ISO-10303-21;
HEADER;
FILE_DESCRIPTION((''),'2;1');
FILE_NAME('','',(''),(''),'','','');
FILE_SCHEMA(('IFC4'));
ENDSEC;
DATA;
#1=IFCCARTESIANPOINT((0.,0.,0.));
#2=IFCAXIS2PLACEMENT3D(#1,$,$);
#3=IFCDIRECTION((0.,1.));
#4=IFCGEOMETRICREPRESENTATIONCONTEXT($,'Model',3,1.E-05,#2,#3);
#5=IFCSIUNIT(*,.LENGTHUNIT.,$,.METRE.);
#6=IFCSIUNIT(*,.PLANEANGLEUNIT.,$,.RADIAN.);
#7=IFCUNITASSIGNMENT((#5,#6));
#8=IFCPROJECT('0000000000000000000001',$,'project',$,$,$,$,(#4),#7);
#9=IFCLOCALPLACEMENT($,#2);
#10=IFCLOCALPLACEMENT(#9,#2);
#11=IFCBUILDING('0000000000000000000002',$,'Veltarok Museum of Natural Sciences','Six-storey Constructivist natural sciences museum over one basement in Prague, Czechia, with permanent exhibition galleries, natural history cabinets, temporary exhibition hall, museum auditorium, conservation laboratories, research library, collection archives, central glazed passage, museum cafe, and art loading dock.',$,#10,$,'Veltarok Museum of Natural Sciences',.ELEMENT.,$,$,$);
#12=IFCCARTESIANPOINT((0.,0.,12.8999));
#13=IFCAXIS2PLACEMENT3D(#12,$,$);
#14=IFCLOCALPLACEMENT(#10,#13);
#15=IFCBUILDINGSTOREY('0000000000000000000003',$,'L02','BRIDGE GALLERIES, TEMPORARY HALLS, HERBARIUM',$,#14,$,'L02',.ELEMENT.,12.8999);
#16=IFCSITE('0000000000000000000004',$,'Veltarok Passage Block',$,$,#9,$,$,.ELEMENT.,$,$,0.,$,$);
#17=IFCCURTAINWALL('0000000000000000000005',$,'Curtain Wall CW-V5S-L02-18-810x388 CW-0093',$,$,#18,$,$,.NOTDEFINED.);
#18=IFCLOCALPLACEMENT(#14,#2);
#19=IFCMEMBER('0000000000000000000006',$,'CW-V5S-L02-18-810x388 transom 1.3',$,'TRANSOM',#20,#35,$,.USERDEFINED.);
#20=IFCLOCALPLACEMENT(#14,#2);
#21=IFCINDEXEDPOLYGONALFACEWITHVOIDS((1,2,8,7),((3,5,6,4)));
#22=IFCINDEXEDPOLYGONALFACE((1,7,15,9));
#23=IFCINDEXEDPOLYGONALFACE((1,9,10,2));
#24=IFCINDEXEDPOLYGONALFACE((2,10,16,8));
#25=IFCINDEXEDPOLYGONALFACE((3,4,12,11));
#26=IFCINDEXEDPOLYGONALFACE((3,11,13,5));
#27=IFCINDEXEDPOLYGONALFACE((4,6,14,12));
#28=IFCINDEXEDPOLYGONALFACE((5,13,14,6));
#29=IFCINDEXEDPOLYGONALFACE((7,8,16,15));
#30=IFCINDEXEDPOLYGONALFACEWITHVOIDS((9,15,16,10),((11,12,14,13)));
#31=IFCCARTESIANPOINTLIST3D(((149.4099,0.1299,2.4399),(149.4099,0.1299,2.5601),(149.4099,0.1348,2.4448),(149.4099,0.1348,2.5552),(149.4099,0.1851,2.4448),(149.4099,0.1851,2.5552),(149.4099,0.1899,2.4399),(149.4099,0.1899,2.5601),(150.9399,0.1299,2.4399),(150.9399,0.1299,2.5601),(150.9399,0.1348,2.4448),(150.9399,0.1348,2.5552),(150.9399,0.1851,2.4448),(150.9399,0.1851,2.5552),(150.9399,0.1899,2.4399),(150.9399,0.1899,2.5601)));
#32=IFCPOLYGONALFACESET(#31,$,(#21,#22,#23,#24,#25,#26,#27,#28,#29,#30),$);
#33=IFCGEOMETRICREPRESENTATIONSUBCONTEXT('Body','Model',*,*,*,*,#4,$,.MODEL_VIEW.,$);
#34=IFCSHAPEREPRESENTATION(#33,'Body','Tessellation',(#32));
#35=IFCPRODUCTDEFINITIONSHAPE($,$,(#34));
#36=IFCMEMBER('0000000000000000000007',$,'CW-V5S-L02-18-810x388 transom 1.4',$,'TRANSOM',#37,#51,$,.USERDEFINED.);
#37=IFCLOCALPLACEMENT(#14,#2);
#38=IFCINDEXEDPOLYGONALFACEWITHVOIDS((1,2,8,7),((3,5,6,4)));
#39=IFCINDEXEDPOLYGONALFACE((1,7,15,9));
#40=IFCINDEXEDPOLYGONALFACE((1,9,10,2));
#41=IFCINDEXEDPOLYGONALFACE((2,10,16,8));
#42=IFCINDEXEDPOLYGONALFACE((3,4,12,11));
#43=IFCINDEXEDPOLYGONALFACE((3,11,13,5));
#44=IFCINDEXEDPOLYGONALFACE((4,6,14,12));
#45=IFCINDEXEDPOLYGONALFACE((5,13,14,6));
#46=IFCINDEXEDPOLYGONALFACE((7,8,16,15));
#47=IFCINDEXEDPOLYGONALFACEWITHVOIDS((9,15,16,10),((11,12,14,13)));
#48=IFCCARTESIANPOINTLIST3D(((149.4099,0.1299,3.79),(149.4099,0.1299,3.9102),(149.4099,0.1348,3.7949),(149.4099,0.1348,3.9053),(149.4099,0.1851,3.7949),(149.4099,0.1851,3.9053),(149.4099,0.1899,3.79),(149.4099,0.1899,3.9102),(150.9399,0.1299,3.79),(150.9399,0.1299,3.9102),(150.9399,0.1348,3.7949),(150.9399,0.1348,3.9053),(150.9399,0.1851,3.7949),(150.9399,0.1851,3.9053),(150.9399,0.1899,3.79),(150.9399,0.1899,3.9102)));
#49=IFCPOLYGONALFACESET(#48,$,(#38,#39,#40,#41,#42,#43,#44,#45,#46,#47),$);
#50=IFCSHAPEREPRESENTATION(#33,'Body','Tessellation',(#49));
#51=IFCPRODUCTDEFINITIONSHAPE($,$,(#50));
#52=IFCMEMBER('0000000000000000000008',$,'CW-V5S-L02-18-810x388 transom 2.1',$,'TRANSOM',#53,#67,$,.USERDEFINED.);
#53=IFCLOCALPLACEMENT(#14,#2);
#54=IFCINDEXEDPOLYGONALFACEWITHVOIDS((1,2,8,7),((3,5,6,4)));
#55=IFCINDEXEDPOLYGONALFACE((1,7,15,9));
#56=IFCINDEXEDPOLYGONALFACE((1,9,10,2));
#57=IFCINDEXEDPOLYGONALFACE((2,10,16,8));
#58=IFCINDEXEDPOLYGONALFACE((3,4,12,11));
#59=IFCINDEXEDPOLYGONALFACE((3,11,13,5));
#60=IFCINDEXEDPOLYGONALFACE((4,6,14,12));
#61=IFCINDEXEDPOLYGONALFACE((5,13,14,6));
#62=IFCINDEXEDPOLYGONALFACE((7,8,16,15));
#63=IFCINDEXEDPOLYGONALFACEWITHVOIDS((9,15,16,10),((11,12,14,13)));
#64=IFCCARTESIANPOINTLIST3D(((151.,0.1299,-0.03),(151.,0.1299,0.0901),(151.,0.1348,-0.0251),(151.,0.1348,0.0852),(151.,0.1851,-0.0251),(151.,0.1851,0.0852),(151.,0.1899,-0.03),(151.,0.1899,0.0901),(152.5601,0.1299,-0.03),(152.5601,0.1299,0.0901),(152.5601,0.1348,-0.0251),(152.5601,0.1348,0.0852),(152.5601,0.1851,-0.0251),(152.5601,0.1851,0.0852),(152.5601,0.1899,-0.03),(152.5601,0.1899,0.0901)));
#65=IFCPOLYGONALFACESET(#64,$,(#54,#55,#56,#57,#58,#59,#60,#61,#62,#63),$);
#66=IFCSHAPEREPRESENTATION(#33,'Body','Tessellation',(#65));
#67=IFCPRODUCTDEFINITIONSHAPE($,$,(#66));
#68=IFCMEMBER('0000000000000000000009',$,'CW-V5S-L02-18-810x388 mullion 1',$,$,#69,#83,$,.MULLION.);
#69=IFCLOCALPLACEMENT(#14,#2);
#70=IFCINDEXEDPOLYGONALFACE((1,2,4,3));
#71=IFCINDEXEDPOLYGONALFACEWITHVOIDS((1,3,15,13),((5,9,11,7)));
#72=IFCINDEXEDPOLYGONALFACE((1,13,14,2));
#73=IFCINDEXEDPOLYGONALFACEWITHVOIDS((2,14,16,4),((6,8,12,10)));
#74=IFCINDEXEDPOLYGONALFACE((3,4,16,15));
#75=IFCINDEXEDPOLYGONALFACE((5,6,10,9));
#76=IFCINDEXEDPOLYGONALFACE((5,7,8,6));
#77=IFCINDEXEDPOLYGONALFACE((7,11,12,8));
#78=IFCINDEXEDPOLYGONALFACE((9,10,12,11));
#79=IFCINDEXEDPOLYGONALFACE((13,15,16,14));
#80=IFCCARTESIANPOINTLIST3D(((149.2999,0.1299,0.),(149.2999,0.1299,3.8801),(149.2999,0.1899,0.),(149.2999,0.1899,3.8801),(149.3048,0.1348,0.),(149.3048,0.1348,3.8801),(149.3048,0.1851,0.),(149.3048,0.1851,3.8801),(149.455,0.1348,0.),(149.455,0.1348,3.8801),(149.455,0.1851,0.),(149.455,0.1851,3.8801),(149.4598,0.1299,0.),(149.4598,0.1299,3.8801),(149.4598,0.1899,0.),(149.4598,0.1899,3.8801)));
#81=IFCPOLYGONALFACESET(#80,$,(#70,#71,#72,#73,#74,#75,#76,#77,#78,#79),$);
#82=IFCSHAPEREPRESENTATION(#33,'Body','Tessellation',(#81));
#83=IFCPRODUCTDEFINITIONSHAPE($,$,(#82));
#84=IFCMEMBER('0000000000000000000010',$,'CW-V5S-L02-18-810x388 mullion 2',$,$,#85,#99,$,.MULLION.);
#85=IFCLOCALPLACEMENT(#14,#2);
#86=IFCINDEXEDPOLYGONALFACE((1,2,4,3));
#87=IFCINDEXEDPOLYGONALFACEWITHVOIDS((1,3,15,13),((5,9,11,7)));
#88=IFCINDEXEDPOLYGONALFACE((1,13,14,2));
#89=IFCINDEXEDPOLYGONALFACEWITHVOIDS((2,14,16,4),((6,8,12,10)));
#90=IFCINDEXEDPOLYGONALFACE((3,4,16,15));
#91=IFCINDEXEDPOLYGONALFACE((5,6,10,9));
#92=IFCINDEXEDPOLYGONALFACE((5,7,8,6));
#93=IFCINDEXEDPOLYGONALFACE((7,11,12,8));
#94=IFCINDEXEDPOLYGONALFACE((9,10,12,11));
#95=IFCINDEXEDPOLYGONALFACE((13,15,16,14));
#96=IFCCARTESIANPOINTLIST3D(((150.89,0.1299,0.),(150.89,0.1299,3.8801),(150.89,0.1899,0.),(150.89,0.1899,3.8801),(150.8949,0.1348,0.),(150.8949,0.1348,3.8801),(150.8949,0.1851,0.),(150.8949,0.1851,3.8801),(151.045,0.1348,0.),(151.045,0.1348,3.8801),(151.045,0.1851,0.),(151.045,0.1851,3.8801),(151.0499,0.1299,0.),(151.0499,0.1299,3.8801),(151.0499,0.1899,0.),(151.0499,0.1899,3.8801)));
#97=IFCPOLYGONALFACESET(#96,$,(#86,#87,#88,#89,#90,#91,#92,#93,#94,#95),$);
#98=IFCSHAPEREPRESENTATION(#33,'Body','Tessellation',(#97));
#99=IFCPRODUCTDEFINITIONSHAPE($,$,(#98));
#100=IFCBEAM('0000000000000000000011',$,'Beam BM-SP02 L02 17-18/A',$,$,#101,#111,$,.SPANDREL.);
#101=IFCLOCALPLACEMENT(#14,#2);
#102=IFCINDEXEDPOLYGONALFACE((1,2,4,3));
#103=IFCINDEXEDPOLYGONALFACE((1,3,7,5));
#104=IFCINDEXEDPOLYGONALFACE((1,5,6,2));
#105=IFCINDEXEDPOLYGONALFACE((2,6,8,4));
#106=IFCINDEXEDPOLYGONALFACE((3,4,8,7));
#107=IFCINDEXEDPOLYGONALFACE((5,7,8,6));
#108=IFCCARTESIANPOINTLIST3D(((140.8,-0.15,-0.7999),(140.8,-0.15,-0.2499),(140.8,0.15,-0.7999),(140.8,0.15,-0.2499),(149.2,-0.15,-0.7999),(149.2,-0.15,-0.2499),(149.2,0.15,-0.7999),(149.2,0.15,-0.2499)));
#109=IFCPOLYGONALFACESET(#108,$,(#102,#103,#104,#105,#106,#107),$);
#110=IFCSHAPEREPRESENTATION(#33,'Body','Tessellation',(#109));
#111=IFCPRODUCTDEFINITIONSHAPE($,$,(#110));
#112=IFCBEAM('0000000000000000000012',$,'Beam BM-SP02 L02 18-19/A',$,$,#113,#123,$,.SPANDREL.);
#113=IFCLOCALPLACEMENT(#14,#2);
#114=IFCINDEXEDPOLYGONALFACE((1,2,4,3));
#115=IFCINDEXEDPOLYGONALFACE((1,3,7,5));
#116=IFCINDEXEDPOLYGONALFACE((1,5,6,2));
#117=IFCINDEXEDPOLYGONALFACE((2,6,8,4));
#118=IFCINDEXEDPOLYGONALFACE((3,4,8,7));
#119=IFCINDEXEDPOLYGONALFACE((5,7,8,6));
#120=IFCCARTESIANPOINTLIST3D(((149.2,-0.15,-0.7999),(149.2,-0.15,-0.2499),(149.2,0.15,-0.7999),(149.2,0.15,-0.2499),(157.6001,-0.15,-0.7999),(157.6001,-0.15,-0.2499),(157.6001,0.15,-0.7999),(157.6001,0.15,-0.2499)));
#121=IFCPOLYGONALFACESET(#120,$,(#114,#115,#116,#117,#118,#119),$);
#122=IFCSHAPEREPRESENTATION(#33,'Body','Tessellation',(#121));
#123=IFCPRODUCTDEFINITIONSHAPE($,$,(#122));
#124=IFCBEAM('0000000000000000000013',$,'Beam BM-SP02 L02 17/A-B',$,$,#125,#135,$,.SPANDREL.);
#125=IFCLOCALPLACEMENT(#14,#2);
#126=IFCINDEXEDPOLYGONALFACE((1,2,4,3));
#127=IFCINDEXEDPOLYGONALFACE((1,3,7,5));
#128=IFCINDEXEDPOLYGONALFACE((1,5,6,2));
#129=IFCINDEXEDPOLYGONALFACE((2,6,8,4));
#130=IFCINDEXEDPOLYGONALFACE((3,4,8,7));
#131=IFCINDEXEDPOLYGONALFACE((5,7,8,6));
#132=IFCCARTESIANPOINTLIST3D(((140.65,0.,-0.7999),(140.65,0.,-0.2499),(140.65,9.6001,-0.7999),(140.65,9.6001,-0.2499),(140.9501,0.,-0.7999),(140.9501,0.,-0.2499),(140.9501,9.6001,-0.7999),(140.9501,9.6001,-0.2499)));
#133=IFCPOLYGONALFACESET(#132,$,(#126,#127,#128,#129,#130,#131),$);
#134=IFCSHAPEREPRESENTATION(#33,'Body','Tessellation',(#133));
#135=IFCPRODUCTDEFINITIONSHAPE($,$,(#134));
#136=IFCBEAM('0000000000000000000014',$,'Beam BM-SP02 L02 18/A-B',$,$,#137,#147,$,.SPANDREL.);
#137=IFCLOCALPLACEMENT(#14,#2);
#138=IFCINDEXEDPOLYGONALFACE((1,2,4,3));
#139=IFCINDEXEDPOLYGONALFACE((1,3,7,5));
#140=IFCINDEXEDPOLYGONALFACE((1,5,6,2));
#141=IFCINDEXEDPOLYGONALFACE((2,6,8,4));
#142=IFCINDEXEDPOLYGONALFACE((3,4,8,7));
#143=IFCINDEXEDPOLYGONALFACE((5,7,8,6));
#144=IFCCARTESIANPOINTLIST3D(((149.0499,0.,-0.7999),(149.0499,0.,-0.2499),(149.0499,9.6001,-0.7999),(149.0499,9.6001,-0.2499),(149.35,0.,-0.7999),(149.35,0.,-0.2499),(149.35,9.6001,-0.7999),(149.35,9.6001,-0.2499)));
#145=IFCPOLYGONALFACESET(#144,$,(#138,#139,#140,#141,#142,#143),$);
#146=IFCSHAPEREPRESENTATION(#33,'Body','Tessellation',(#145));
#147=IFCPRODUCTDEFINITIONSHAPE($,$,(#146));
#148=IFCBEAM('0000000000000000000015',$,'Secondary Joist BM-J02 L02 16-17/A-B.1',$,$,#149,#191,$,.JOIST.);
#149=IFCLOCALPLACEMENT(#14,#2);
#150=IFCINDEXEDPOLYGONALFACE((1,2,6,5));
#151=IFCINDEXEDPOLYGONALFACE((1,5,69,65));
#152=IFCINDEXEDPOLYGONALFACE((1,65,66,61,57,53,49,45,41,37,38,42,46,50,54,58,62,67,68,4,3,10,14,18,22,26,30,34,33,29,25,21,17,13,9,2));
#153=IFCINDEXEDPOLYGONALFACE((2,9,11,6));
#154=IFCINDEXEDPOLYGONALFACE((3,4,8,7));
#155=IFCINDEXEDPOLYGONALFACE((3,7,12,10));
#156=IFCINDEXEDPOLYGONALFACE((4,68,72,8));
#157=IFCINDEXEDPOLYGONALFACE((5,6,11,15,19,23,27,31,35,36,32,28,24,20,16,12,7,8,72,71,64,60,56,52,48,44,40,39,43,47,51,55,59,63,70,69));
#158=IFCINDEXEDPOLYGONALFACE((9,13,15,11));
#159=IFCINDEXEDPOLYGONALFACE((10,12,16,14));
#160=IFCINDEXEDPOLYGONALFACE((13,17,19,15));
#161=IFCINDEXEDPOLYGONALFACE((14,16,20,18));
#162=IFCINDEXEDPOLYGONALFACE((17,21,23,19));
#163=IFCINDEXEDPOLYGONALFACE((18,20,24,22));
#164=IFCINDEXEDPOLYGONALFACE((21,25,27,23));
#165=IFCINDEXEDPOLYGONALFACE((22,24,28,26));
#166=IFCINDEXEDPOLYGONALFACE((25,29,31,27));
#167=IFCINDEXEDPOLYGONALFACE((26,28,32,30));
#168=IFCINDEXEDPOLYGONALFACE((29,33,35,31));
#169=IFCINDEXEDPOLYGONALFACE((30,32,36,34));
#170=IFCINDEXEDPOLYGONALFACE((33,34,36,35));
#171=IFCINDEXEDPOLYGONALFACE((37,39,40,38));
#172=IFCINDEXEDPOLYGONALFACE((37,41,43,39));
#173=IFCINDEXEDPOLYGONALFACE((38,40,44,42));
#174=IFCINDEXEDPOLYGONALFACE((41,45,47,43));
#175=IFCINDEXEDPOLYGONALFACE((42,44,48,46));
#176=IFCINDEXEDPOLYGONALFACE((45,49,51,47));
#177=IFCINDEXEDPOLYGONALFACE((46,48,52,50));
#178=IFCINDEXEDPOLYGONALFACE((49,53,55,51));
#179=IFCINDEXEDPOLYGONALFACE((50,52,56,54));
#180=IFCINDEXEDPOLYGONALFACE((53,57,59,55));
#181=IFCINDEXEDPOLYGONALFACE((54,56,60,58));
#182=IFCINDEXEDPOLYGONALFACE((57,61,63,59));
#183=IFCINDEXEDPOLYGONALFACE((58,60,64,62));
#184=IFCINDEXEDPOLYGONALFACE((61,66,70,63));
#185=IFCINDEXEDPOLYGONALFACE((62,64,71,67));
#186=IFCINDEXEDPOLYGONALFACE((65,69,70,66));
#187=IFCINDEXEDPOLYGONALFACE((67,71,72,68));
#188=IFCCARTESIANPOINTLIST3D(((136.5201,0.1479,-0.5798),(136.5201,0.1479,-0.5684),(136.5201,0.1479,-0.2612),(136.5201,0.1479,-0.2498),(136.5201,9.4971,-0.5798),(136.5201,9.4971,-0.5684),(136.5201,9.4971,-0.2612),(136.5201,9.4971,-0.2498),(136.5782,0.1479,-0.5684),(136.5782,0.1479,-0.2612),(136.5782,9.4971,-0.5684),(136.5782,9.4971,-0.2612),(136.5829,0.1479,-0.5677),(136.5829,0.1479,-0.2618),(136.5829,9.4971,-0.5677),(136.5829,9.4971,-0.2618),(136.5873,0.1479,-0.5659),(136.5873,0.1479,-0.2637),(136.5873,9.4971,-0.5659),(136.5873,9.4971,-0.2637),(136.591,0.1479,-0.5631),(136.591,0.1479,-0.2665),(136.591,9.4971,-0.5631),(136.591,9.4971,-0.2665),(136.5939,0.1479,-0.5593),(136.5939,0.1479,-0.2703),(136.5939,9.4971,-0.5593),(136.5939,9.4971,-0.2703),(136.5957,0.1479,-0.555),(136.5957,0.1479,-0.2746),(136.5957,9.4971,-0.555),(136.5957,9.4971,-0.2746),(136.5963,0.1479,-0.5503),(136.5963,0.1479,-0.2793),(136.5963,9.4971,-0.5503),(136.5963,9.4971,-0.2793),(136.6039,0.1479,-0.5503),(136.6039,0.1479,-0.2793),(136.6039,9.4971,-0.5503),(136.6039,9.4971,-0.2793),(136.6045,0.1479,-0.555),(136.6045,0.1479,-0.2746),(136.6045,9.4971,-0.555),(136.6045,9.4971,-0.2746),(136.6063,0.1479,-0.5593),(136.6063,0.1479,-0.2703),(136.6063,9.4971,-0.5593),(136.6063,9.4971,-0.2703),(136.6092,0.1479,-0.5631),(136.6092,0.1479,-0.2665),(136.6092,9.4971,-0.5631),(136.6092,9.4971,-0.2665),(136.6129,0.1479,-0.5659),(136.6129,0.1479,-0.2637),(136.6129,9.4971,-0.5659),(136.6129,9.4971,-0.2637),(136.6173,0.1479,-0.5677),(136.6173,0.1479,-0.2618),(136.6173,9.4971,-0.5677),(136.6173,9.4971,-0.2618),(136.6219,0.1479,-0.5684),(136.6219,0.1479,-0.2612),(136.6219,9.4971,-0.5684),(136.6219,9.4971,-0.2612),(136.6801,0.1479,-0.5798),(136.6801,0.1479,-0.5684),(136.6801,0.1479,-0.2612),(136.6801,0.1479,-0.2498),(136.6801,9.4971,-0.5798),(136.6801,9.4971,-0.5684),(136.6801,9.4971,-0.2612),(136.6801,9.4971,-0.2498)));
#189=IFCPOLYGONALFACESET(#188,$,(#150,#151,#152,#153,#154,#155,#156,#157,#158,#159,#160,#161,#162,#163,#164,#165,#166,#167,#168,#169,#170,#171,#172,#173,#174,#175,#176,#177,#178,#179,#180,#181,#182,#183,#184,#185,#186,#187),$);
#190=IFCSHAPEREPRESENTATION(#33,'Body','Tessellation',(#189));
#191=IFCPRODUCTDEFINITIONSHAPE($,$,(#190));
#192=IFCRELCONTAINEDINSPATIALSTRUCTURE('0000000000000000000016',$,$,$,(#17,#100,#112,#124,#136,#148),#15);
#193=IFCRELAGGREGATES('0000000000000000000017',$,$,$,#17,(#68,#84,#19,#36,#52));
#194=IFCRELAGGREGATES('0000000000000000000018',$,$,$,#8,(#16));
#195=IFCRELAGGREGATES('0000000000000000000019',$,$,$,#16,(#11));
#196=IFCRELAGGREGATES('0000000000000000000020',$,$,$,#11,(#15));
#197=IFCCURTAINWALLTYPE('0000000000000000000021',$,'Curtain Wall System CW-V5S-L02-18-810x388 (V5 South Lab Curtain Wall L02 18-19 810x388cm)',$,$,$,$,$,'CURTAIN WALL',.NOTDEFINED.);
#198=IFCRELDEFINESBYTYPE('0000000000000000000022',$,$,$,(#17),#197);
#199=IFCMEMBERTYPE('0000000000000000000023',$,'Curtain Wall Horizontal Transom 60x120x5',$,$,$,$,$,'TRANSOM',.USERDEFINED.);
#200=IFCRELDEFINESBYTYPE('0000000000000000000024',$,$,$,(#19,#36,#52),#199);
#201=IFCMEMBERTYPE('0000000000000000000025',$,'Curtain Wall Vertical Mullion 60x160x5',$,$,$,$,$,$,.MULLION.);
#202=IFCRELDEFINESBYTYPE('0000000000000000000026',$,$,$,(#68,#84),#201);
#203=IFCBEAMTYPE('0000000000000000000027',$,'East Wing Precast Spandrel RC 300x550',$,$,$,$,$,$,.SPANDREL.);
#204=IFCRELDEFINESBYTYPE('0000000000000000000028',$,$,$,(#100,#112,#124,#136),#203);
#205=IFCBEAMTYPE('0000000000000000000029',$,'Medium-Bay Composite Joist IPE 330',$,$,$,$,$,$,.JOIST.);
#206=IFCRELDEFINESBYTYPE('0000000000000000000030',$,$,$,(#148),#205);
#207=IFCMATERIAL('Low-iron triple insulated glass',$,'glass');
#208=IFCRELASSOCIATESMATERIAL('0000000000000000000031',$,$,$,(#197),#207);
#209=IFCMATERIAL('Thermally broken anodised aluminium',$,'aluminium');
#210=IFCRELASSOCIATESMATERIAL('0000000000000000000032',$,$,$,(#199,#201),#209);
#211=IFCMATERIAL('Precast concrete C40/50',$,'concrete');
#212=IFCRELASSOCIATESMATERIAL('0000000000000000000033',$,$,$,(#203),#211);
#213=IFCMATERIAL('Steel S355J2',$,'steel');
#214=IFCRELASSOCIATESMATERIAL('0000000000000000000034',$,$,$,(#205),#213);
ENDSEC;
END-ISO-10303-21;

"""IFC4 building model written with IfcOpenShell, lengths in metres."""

from ifc_helpers import new_model, si_unit, direction, frame, origin, origin_2d, place, context, subcontext, project, spatial, rectangle, hollow_rectangle, i_section, extrude, material, material_profile, profile_set, type_object, element, aggregate, save


model = new_model("IFC4")

# Units and contexts
model_context = context("Model", 3, precision=1e-05, world=origin(), true_north=direction((0.0, 1.0)))
body_context = subcontext(model_context, "Body", "Model", "MODEL_VIEW")
ifc_project = project(units=[si_unit("LENGTHUNIT", "METRE"), si_unit("PLANEANGLEUNIT", "RADIAN")], contexts=[model_context])

# Site, building, storey
site_placement = place(None, origin())
site = spatial("IfcSite", under=ifc_project, at=site_placement, Name="Veltarok Passage Block", CompositionType="ELEMENT", RefElevation=0.0)
building_placement = place(site_placement, origin())
building = spatial("IfcBuilding", under=site, at=building_placement, Name="Veltarok Museum of Natural Sciences", Description="Six-storey Constructivist natural sciences museum over one basement in Prague, Czechia, with permanent exhibition galleries, natural history cabinets, temporary exhibition hall, museum auditorium, conservation laboratories, research library, collection archives, central glazed passage, museum cafe, and art loading dock.", LongName="Veltarok Museum of Natural Sciences", CompositionType="ELEMENT")
storey_placement = place(building_placement, frame((0.0, 0.0, 12.8999)))
storey = spatial("IfcBuildingStorey", under=building, at=storey_placement, Name="L02", Description="BRIDGE GALLERIES, TEMPORARY HALLS, HERBARIUM", LongName="L02", CompositionType="ELEMENT", Elevation=12.8999)

# Shared definitions
ifc_material_1 = material(Name="Steel S355J2", Category="steel")

# Curtain wall, members
ifc_material_2 = material(Name="Low-iron triple insulated glass", Category="glass")
curtain_wall_type = type_object("IfcCurtainWallType", Name="Curtain Wall System CW-V5S-L02-18-810x388 (V5 South Lab Curtain Wall L02 18-19 810x388cm)", ElementType="CURTAIN WALL", PredefinedType="NOTDEFINED", material=ifc_material_2)
curtain_wall_placement = place(storey_placement, origin())
curtain_wall = element("IfcCurtainWall", 1, at=curtain_wall_placement, inside=storey, type_object=curtain_wall_type, Name="Curtain Wall CW-V5S-L02-18-810x388 CW-0093", PredefinedType="NOTDEFINED")
ifc_material_3 = material(Name="Thermally broken anodised aluminium", Category="aluminium")
ifc_material_profile_1 = material_profile(ifc_material_3, hollow_rectangle(XDim=0.0601, YDim=0.1201, WallThickness=0.0049, at=origin_2d()), Name="CW TRANSOM 60x120x5")
ifc_profile_set_1 = profile_set([ifc_material_profile_1], Name="Thermally broken anodised aluminium")
member_type_1 = type_object("IfcMemberType", Name="Curtain Wall Horizontal Transom 60x120x5", ElementType="TRANSOM", PredefinedType="USERDEFINED", material=ifc_profile_set_1)
member_1_placement = place(storey_placement, frame((149.4099, 0.1599, 2.5), z_axis=(1.0, 0.0, 0.0), x_axis=(0.0, 1.0, 0.0)))
member_1 = element("IfcMember", 2, at=member_1_placement, type_object=member_type_1, Name="CW-V5S-L02-18-810x388 transom 1.3", ObjectType="TRANSOM", PredefinedType="USERDEFINED", context=body_context, shape_type="SweptSolid", body=[
    extrude(hollow_rectangle(XDim=0.0601, YDim=0.1201, WallThickness=0.0049, at=origin_2d()), origin(), (0.0, 0.0, 1.0), 1.53),
])
member_2_placement = place(storey_placement, frame((149.4099, 0.1599, 3.8501), z_axis=(1.0, 0.0, 0.0), x_axis=(0.0, 1.0, 0.0)))
member_2 = element("IfcMember", 3, at=member_2_placement, type_object=member_type_1, Name="CW-V5S-L02-18-810x388 transom 1.4", ObjectType="TRANSOM", PredefinedType="USERDEFINED", context=body_context, shape_type="SweptSolid", body=[
    extrude(hollow_rectangle(XDim=0.0601, YDim=0.1201, WallThickness=0.0049, at=origin_2d()), origin(), (0.0, 0.0, 1.0), 1.53),
])
member_3_placement = place(storey_placement, frame((151.0, 0.1599, 0.03), z_axis=(1.0, 0.0, 0.0), x_axis=(0.0, 1.0, 0.0)))
member_3 = element("IfcMember", 4, at=member_3_placement, type_object=member_type_1, Name="CW-V5S-L02-18-810x388 transom 2.1", ObjectType="TRANSOM", PredefinedType="USERDEFINED", context=body_context, shape_type="SweptSolid", body=[
    extrude(hollow_rectangle(XDim=0.0601, YDim=0.1201, WallThickness=0.0049, at=origin_2d()), origin(), (0.0, 0.0, 1.0), 1.5601),
])
ifc_material_profile_2 = material_profile(ifc_material_3, hollow_rectangle(XDim=0.0601, YDim=0.1599, WallThickness=0.0049, at=origin_2d()), Name="CW MULLION 60x160x5")
ifc_profile_set_2 = profile_set([ifc_material_profile_2], Name="Thermally broken anodised aluminium")
member_type_2 = type_object("IfcMemberType", Name="Curtain Wall Vertical Mullion 60x160x5", PredefinedType="MULLION", material=ifc_profile_set_2)
member_4_placement = place(storey_placement, frame((149.3799, 0.1599, 0.0), z_axis=(0.0, 0.0, 1.0), x_axis=(0.0, 1.0, 0.0)))
member_4 = element("IfcMember", 5, at=member_4_placement, type_object=member_type_2, Name="CW-V5S-L02-18-810x388 mullion 1", PredefinedType="MULLION", context=body_context, shape_type="SweptSolid", body=[
    extrude(hollow_rectangle(XDim=0.0601, YDim=0.1599, WallThickness=0.0049, at=origin_2d()), origin(), (0.0, 0.0, 1.0), 3.8801),
])
member_5_placement = place(storey_placement, frame((150.97, 0.1599, 0.0), z_axis=(0.0, 0.0, 1.0), x_axis=(0.0, 1.0, 0.0)))
member_5 = element("IfcMember", 6, at=member_5_placement, type_object=member_type_2, Name="CW-V5S-L02-18-810x388 mullion 2", PredefinedType="MULLION", context=body_context, shape_type="SweptSolid", body=[
    extrude(hollow_rectangle(XDim=0.0601, YDim=0.1599, WallThickness=0.0049, at=origin_2d()), origin(), (0.0, 0.0, 1.0), 3.8801),
])

# Beams
ifc_material_4 = material(Name="Precast concrete C40/50", Category="concrete")
ifc_material_profile_3 = material_profile(ifc_material_4, rectangle(XDim=0.3, YDim=0.55, at=origin_2d()), Name="RC 300x550")
ifc_profile_set_3 = profile_set([ifc_material_profile_3], Name="Precast concrete C40/50")
beam_type_1 = type_object("IfcBeamType", Name="East Wing Precast Spandrel RC 300x550", PredefinedType="SPANDREL", material=ifc_profile_set_3)
beam_1_placement = place(storey_placement, frame((140.8, 0.0, -0.5249), z_axis=(1.0, 0.0, 0.0), x_axis=(0.0, 1.0, 0.0)))
element("IfcBeam", 7, at=beam_1_placement, inside=storey, type_object=beam_type_1, Name="Beam BM-SP02 L02 17-18/A", PredefinedType="SPANDREL", context=body_context, shape_type="SweptSolid", body=[
    extrude(rectangle(XDim=0.3, YDim=0.55, at=origin_2d()), origin(), (0.0, 0.0, 1.0), 8.3999),
])
beam_2_placement = place(storey_placement, frame((149.2, 0.0, -0.5249), z_axis=(1.0, 0.0, 0.0), x_axis=(0.0, 1.0, 0.0)))
element("IfcBeam", 8, at=beam_2_placement, inside=storey, type_object=beam_type_1, Name="Beam BM-SP02 L02 18-19/A", PredefinedType="SPANDREL", context=body_context, shape_type="SweptSolid", body=[
    extrude(rectangle(XDim=0.3, YDim=0.55, at=origin_2d()), origin(), (0.0, 0.0, 1.0), 8.4001),
])
for number, where, z_axis, x_axis, name in (
    (9, (140.8, 0.0, -0.5249), (0.0, 1.0, 0.0), (-1.0, 0.0, 0.0), "Beam BM-SP02 L02 17/A-B"),
    (10, (149.2, 0.0, -0.5249), (0.0, 1.0, 0.0), (-1.0, 0.0, 0.0), "Beam BM-SP02 L02 18/A-B"),
):
    element("IfcBeam", number, at=place(storey_placement, frame(where, z_axis=z_axis, x_axis=x_axis)), inside=storey, type_object=beam_type_1, Name=name, PredefinedType="SPANDREL", context=body_context, shape_type="SweptSolid", body=[
        extrude(rectangle(XDim=0.3, YDim=0.55, at=origin_2d()), origin(), (0.0, 0.0, 1.0), 9.6001),
    ])
ifc_material_profile_4 = material_profile(ifc_material_1, i_section(OverallWidth=0.1599, OverallDepth=0.3301, WebThickness=0.0076, FlangeThickness=0.0115, FilletRadius=0.0181, at=origin_2d()), Name="IPE 330")
ifc_profile_set_4 = profile_set([ifc_material_profile_4], Name="Steel S355J2")
beam_type_2 = type_object("IfcBeamType", Name="Medium-Bay Composite Joist IPE 330", PredefinedType="JOIST", material=ifc_profile_set_4)
beam_3_placement = place(storey_placement, frame((136.6001, 0.1479, -0.4148), z_axis=(0.0, 1.0, 0.0), x_axis=(-1.0, 0.0, 0.0)))
element("IfcBeam", 11, at=beam_3_placement, inside=storey, type_object=beam_type_2, Name="Secondary Joist BM-J02 L02 16-17/A-B.1", PredefinedType="JOIST", context=body_context, shape_type="SweptSolid", body=[
    extrude(i_section(OverallWidth=0.1599, OverallDepth=0.3301, WebThickness=0.0076, FlangeThickness=0.0115, FilletRadius=0.0181, at=origin_2d()), origin(), (0.0, 0.0, 1.0), 9.3491),
])

aggregate(curtain_wall, [member_4, member_5, member_1, member_2, member_3])

save(model, "model.ifc")
